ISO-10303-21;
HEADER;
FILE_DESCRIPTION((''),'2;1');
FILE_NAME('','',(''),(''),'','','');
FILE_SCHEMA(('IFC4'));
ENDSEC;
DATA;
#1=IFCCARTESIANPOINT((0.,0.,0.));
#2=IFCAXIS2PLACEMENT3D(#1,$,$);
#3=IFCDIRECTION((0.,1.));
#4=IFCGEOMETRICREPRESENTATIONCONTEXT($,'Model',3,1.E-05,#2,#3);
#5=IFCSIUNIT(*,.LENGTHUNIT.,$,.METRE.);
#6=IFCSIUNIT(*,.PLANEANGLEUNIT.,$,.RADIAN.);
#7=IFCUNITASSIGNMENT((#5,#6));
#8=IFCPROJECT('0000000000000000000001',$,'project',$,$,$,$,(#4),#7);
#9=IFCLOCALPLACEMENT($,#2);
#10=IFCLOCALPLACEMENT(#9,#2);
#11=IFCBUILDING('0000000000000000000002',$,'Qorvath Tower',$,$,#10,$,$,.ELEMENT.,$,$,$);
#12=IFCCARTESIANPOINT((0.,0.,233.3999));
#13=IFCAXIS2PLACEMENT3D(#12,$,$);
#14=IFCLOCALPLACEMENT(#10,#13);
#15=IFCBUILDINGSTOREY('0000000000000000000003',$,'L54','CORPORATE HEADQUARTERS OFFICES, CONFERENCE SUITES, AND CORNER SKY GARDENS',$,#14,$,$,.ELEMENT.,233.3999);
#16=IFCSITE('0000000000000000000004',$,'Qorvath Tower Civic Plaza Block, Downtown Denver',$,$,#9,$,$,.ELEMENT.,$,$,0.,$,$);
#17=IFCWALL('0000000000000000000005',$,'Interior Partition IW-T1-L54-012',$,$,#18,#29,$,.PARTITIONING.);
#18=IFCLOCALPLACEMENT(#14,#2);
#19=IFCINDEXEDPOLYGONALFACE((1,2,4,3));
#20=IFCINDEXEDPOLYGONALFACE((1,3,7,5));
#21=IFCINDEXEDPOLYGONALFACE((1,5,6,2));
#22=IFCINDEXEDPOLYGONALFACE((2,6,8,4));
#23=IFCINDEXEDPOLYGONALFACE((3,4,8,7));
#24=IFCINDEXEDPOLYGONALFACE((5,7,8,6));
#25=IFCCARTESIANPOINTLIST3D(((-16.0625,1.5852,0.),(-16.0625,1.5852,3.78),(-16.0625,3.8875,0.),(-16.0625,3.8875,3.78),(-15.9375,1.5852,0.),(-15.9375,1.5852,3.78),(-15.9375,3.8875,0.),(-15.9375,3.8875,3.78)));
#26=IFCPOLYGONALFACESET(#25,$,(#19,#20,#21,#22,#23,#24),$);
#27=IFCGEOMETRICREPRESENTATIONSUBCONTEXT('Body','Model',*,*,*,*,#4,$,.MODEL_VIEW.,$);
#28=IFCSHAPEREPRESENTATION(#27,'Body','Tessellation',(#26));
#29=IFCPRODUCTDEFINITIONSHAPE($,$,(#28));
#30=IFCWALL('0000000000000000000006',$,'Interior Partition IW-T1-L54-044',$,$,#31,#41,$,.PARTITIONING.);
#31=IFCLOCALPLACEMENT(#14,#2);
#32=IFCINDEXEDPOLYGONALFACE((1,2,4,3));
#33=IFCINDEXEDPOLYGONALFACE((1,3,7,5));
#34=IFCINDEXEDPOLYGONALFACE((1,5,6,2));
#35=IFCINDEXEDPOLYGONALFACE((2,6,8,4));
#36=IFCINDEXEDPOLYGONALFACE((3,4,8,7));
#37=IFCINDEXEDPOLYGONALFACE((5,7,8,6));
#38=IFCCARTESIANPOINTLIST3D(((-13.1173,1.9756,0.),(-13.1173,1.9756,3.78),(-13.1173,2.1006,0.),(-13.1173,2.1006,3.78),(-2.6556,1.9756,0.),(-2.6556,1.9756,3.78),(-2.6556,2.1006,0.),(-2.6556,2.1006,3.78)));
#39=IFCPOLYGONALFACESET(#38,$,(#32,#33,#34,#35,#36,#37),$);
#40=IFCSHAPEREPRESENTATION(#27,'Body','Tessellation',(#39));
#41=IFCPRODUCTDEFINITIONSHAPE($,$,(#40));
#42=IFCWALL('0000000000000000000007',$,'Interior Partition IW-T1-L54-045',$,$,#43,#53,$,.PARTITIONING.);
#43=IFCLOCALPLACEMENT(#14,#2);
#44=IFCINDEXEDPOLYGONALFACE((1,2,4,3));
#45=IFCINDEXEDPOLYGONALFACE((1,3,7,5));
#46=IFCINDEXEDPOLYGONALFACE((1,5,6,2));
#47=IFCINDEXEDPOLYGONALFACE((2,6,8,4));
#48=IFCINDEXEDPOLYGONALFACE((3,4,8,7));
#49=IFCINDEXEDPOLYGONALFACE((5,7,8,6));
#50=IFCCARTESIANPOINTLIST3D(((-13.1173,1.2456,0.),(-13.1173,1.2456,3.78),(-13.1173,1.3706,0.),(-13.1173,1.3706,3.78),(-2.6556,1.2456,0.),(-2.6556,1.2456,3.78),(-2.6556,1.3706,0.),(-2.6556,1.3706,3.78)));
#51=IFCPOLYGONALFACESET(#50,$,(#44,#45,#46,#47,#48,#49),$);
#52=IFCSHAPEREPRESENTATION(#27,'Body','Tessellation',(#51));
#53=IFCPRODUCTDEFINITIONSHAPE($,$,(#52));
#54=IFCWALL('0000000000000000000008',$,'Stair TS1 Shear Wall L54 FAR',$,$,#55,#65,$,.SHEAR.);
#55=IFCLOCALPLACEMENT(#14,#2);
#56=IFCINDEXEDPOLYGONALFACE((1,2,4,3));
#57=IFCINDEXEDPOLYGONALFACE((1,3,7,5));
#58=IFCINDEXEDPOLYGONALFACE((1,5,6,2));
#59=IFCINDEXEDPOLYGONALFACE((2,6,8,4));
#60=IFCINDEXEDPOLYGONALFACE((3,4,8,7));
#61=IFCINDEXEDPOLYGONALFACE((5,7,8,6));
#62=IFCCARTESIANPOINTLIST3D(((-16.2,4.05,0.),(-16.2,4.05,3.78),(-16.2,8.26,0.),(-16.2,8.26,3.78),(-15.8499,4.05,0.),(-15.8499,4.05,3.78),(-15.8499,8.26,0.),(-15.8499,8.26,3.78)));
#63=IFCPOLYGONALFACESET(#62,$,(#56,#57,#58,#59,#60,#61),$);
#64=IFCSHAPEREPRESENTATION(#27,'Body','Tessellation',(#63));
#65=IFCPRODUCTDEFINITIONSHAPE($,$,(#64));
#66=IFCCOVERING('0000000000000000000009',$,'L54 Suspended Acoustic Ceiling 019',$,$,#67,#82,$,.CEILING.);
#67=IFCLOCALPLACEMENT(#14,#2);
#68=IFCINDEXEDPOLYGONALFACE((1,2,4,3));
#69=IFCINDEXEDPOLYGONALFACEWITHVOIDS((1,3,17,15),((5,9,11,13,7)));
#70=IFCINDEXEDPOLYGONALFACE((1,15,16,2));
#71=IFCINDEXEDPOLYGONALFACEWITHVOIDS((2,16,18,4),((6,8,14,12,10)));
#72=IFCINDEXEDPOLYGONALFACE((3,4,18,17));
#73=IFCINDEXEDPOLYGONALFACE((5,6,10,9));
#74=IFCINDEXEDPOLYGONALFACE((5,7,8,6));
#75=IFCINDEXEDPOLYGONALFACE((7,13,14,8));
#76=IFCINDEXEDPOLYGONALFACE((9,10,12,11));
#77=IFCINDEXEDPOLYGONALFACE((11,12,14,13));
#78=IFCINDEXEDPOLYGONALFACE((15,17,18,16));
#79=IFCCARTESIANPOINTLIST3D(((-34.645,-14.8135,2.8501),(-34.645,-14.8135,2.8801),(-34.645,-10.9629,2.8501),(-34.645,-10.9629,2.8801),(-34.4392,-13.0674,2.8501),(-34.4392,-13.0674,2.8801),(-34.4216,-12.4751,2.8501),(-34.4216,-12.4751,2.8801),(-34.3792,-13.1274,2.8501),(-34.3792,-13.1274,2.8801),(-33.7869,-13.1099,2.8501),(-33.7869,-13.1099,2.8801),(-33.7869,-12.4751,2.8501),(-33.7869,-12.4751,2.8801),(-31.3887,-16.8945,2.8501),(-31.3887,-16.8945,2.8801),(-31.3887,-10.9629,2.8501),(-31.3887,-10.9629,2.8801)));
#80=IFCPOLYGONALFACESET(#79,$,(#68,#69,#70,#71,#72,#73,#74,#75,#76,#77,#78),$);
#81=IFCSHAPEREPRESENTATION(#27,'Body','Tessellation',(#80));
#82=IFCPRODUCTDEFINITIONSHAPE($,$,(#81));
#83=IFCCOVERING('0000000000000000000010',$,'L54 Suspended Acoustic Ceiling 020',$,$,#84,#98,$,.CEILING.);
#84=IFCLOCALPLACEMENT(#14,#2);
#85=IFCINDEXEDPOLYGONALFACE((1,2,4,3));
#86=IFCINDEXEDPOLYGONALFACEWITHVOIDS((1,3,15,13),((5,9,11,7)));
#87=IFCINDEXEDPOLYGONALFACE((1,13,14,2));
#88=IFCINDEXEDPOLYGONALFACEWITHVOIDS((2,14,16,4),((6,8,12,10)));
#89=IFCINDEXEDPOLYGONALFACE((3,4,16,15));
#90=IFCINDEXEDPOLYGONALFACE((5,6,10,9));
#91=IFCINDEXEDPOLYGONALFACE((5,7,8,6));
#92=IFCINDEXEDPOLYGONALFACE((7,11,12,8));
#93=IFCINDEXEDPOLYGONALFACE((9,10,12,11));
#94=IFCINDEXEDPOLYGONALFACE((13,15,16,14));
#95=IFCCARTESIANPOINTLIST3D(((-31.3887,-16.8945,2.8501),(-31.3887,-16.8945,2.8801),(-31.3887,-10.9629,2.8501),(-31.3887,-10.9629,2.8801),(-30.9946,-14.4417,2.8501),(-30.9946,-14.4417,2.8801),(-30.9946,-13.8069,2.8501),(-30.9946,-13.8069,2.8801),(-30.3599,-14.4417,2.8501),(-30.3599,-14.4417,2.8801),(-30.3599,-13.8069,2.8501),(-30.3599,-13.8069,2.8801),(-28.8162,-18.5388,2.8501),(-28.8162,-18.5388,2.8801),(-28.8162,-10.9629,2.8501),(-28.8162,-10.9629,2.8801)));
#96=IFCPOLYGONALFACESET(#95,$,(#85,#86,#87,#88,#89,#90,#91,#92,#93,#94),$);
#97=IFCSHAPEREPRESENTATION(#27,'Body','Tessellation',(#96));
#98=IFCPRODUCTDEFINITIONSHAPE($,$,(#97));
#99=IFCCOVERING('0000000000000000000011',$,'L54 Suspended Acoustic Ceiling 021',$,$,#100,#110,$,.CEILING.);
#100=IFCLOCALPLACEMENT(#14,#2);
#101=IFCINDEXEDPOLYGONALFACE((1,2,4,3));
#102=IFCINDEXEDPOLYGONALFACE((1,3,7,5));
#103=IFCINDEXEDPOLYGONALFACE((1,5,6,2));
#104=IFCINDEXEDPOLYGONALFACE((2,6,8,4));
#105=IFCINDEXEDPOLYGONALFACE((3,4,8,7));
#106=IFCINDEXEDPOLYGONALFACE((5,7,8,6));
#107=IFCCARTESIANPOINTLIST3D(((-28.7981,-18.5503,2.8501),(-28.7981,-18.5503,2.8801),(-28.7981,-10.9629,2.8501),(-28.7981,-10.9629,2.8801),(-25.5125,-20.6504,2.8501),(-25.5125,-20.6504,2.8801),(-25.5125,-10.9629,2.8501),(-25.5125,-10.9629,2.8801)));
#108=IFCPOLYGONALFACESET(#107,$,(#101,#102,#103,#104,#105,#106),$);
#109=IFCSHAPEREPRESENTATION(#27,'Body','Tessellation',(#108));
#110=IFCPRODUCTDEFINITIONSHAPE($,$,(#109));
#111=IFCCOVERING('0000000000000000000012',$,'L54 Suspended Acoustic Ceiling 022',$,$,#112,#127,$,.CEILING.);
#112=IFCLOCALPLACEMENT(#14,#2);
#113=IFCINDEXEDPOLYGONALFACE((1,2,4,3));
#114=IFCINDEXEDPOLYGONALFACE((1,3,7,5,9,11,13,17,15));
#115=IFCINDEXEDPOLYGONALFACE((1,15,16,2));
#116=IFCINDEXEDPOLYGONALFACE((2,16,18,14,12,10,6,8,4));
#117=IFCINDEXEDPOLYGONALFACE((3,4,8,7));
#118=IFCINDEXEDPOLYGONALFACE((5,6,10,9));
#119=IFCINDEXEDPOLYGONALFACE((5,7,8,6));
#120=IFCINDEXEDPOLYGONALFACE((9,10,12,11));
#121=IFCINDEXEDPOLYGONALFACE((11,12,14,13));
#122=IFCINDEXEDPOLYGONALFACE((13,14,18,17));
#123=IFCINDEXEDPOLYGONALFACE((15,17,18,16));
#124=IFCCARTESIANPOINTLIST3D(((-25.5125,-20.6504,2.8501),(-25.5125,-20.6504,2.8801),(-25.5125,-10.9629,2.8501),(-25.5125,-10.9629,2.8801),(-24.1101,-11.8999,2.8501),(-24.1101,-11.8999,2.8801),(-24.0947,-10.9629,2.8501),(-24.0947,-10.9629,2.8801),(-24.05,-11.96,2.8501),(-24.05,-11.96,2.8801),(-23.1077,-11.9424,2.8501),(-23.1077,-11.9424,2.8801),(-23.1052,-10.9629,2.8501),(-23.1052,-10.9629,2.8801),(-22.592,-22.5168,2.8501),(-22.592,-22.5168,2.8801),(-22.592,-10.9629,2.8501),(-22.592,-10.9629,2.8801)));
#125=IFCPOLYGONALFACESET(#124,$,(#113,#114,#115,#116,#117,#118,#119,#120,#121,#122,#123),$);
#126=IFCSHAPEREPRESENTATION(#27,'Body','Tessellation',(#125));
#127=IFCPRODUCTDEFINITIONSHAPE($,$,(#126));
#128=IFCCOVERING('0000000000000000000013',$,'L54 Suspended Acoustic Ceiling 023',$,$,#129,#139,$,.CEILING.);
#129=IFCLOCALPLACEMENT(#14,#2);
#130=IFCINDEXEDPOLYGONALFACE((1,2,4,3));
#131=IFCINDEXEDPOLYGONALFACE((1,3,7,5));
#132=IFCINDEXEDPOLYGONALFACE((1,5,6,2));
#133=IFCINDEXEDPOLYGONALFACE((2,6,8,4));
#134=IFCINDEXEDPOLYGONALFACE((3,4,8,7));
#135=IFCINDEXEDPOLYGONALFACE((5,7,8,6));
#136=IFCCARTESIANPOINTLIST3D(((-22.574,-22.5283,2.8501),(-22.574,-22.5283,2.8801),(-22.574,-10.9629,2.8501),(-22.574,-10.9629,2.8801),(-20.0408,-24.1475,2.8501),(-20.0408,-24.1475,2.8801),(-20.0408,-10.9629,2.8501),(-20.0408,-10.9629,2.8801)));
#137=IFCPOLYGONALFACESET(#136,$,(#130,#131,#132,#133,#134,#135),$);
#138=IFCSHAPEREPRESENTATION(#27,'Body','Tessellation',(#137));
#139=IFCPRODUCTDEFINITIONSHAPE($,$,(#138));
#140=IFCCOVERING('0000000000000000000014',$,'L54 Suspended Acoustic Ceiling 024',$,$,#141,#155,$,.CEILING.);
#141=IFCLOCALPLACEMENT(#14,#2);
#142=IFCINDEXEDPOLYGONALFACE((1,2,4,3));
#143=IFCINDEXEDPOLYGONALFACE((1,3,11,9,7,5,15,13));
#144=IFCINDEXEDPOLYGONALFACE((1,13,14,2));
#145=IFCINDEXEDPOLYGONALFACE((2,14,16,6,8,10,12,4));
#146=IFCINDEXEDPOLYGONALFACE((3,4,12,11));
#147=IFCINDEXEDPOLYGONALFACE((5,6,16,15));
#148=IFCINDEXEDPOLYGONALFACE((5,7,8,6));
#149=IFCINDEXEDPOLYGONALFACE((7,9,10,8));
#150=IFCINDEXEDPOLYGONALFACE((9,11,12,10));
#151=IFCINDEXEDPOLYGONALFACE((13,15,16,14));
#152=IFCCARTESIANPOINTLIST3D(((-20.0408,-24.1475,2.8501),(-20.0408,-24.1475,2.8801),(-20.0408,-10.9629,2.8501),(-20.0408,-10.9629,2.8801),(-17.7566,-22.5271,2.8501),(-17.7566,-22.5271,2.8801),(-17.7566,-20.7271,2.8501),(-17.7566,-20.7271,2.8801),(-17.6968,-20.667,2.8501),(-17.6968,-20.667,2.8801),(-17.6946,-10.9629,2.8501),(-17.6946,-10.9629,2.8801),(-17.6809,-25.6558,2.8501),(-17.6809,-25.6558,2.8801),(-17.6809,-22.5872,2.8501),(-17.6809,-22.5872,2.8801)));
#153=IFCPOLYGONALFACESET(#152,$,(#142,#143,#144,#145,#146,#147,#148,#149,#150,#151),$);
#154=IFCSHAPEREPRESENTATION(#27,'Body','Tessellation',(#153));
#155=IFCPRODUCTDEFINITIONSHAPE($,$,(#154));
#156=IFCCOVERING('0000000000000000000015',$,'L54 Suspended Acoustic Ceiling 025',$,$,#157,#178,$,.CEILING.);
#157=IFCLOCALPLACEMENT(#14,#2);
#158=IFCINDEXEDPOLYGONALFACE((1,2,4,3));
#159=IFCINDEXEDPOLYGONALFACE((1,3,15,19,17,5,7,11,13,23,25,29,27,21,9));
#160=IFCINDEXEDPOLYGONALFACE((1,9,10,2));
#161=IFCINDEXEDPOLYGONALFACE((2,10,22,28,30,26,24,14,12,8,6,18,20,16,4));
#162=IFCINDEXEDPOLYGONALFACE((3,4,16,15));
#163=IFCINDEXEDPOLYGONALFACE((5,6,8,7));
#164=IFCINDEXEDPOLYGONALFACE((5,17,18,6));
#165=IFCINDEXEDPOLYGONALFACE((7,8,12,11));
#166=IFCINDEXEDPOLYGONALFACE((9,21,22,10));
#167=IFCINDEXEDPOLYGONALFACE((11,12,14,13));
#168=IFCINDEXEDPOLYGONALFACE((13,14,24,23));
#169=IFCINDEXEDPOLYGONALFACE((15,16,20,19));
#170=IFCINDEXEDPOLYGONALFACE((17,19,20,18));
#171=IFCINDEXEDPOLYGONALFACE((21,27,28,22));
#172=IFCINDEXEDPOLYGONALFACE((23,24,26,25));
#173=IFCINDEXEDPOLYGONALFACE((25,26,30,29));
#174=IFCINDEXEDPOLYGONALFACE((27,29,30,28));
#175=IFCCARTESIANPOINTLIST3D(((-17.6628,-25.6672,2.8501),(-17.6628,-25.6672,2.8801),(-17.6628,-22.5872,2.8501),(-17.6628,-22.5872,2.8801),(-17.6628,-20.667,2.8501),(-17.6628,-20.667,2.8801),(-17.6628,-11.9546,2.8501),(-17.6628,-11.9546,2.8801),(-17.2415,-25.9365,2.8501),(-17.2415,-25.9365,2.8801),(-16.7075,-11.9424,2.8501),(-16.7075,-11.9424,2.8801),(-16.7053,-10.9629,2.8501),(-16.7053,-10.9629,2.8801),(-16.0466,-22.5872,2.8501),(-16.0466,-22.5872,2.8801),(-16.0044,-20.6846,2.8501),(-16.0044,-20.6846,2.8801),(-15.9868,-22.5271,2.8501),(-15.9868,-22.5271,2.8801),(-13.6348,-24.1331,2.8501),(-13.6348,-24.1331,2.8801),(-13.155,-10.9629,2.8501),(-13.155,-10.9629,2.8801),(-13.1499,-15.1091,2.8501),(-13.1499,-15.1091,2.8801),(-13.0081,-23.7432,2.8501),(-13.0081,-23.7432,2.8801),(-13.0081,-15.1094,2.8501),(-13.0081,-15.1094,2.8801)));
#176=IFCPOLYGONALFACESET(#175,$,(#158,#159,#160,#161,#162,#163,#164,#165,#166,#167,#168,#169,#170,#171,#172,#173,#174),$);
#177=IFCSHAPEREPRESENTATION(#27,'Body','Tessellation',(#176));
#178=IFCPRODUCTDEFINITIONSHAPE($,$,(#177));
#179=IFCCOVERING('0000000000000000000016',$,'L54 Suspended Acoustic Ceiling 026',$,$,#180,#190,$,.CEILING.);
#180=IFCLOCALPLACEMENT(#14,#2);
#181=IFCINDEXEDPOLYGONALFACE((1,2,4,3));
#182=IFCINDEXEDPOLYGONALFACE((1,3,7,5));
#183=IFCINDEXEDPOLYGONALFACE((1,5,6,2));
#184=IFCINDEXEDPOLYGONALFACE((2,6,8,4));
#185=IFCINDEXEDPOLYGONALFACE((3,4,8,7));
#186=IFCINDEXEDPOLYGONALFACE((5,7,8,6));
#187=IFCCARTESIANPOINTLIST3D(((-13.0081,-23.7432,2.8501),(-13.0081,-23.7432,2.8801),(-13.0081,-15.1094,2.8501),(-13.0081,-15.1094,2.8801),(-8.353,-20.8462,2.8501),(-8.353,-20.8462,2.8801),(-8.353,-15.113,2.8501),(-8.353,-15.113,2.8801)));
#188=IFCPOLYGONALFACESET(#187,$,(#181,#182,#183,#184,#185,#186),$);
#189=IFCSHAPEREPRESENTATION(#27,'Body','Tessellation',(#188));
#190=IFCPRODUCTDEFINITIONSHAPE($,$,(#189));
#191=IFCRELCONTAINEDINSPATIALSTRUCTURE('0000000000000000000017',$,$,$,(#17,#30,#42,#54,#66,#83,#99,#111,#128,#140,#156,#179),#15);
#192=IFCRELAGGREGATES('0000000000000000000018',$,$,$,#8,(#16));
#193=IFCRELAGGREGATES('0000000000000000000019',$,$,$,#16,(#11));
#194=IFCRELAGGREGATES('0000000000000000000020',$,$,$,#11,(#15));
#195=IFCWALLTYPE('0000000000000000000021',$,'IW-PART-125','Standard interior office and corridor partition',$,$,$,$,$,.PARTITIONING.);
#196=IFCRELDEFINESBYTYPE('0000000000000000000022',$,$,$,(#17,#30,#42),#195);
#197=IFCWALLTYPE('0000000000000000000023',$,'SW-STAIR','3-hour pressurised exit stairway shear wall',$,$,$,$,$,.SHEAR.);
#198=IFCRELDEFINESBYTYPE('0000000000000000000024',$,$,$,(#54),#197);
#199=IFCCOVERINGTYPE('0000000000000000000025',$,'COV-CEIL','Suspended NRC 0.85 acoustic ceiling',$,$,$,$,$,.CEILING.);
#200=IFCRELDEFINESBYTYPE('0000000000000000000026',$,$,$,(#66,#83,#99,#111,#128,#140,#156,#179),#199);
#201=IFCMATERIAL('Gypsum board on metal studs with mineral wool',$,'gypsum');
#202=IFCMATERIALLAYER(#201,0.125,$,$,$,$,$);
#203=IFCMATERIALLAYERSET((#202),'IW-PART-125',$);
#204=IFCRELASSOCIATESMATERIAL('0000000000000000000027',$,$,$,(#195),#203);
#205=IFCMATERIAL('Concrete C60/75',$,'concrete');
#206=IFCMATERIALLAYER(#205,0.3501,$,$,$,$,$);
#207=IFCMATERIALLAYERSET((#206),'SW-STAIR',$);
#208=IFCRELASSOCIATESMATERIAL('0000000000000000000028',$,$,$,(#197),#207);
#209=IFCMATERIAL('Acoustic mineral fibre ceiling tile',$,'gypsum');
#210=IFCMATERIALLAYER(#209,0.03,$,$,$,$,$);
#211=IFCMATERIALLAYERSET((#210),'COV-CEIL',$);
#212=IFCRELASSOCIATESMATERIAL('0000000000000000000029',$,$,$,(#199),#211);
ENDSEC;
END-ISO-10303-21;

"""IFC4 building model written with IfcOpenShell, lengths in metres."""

from ifc_helpers import new_model, si_unit, direction, frame, frame_2d, origin, place, context, subcontext, project, spatial, polyline, rectangle, outline, extrude, material, layer, layer_set, type_object, element, save


model = new_model("IFC4")

# Units and contexts
model_context = context("Model", 3, precision=1e-05, world=origin(), true_north=direction((0.0, 1.0)))
body_context = subcontext(model_context, "Body", "Model", "MODEL_VIEW")
ifc_project = project(units=[si_unit("LENGTHUNIT", "METRE"), si_unit("PLANEANGLEUNIT", "RADIAN")], contexts=[model_context])

# Site, building, storey
site_placement = place(None, origin())
site = spatial("IfcSite", under=ifc_project, at=site_placement, Name="Qorvath Tower Civic Plaza Block, Downtown Denver", CompositionType="ELEMENT", RefElevation=0.0)
building_placement = place(site_placement, origin())
building = spatial("IfcBuilding", under=site, at=building_placement, Name="Qorvath Tower", CompositionType="ELEMENT")
storey_placement = place(building_placement, frame((0.0, 0.0, 233.3999)))
storey = spatial("IfcBuildingStorey", under=building, at=storey_placement, Name="L54", Description="CORPORATE HEADQUARTERS OFFICES, CONFERENCE SUITES, AND CORNER SKY GARDENS", CompositionType="ELEMENT", Elevation=233.3999)

# Shared definitions
ifc_material_1 = material(Name="Gypsum board on metal studs with mineral wool", Category="gypsum")
ifc_layer_1 = layer(ifc_material_1, 0.125)
ifc_layer_set_1 = layer_set([ifc_layer_1], Name="IW-PART-125")
wall_type_1 = type_object("IfcWallType", Name="IW-PART-125", Description="Standard interior office and corridor partition", PredefinedType="PARTITIONING", material=ifc_layer_set_1)

# Walls
wall_1_placement = place(storey_placement, frame((-16.0, 1.5852, 0.0), z_axis=(0.0, 0.0, 1.0), x_axis=(0.0, 1.0, 0.0)))
element("IfcWall", 1, at=wall_1_placement, inside=storey, type_object=wall_type_1, Name="Interior Partition IW-T1-L54-012", PredefinedType="PARTITIONING", context=body_context, shape_type="SweptSolid", body=[
    extrude(rectangle(XDim=2.3022, YDim=0.125, at=frame_2d((1.1511, 0.0))), origin(), (0.0, 0.0, 1.0), 3.78),
])
for number, where, z_axis, x_axis, name in (
    (2, (-2.6555, 2.0381, 0.0), (0.0, 0.0, 1.0), (-1.0, 0.0, 0.0), "Interior Partition IW-T1-L54-044"),
    (3, (-2.6555, 1.3081, 0.0), (0.0, 0.0, 1.0), (-1.0, 0.0, 0.0), "Interior Partition IW-T1-L54-045"),
):
    element("IfcWall", number, at=place(storey_placement, frame(where, z_axis=z_axis, x_axis=x_axis)), inside=storey, type_object=wall_type_1, Name=name, PredefinedType="PARTITIONING", context=body_context, shape_type="SweptSolid", body=[
        extrude(rectangle(XDim=10.4617, YDim=0.125, at=frame_2d((5.231, 0.0))), origin(), (0.0, 0.0, 1.0), 3.78),
    ])
ifc_material_2 = material(Name="Concrete C60/75", Category="concrete")
ifc_layer_2 = layer(ifc_material_2, 0.3501)
ifc_layer_set_2 = layer_set([ifc_layer_2], Name="SW-STAIR")
wall_type_2 = type_object("IfcWallType", Name="SW-STAIR", Description="3-hour pressurised exit stairway shear wall", PredefinedType="SHEAR", material=ifc_layer_set_2)
wall_2_placement = place(storey_placement, frame((-16.0249, 4.05, 0.0), z_axis=(0.0, 0.0, 1.0), x_axis=(0.0, 1.0, 0.0)))
element("IfcWall", 4, at=wall_2_placement, inside=storey, type_object=wall_type_2, Name="Stair TS1 Shear Wall L54 FAR", PredefinedType="SHEAR", context=body_context, shape_type="SweptSolid", body=[
    extrude(rectangle(XDim=4.21, YDim=0.3501, at=frame_2d((2.105, 0.0))), origin(), (0.0, 0.0, 1.0), 3.78),
])

# Coverings
ifc_material_3 = material(Name="Acoustic mineral fibre ceiling tile", Category="gypsum")
ifc_layer_3 = layer(ifc_material_3, 0.03)
ifc_layer_set_3 = layer_set([ifc_layer_3], Name="COV-CEIL")
covering_type_1 = type_object("IfcCoveringType", Name="COV-CEIL", Description="Suspended NRC 0.85 acoustic ceiling", PredefinedType="CEILING", material=ifc_layer_set_3)
covering_1_placement = place(storey_placement, frame((0.0, 0.0, 2.8501)))
element("IfcCovering", 5, at=covering_1_placement, inside=storey, type_object=covering_type_1, Name="L54 Suspended Acoustic Ceiling 019", PredefinedType="CEILING", context=body_context, shape_type="SweptSolid", body=[
    extrude(outline(polyline([(-34.645, -10.9629), (-34.645, -14.8135), (-31.3887, -16.8945), (-31.3887, -10.9629), (-34.645, -10.9629)]), holes=[polyline([(-34.4392, -13.0674), (-34.4216, -12.4751), (-33.7869, -12.4751), (-33.7869, -13.1099), (-34.3792, -13.1274), (-34.4392, -13.0674)])]), origin(), (0.0, 0.0, 1.0), 0.03),
])
covering_2_placement = place(storey_placement, frame((0.0, 0.0, 2.8501)))
element("IfcCovering", 6, at=covering_2_placement, inside=storey, type_object=covering_type_1, Name="L54 Suspended Acoustic Ceiling 020", PredefinedType="CEILING", context=body_context, shape_type="SweptSolid", body=[
    extrude(outline(polyline([(-31.3887, -10.9629), (-31.3887, -16.8945), (-28.8162, -18.5388), (-28.8162, -10.9629), (-31.3887, -10.9629)]), holes=[polyline([(-30.9946, -14.4417), (-30.9946, -13.8069), (-30.3599, -13.8069), (-30.3599, -14.4417), (-30.9946, -14.4417)])]), origin(), (0.0, 0.0, 1.0), 0.03),
])
covering_3_placement = place(storey_placement, frame((0.0, 0.0, 2.8501)))
element("IfcCovering", 7, at=covering_3_placement, inside=storey, type_object=covering_type_1, Name="L54 Suspended Acoustic Ceiling 021", PredefinedType="CEILING", context=body_context, shape_type="SweptSolid", body=[
    extrude(outline(polyline([(-28.7981, -10.9629), (-28.7981, -18.5503), (-25.5125, -20.6504), (-25.5125, -10.9629), (-28.7981, -10.9629)])), origin(), (0.0, 0.0, 1.0), 0.03),
])
covering_4_placement = place(storey_placement, frame((0.0, 0.0, 2.8501)))
element("IfcCovering", 8, at=covering_4_placement, inside=storey, type_object=covering_type_1, Name="L54 Suspended Acoustic Ceiling 022", PredefinedType="CEILING", context=body_context, shape_type="SweptSolid", body=[
    extrude(outline(polyline([(-25.5125, -10.9629), (-25.5125, -20.6504), (-22.592, -22.5168), (-22.592, -10.9629), (-23.1052, -10.9629), (-23.1077, -11.9424), (-24.05, -11.96), (-24.1101, -11.8999), (-24.0947, -10.9629), (-25.5125, -10.9629)])), origin(), (0.0, 0.0, 1.0), 0.03),
])
covering_5_placement = place(storey_placement, frame((0.0, 0.0, 2.8501)))
element("IfcCovering", 9, at=covering_5_placement, inside=storey, type_object=covering_type_1, Name="L54 Suspended Acoustic Ceiling 023", PredefinedType="CEILING", context=body_context, shape_type="SweptSolid", body=[
    extrude(outline(polyline([(-20.0408, -24.1475), (-20.0408, -10.9629), (-22.574, -10.9629), (-22.574, -22.5283), (-20.0408, -24.1475)])), origin(), (0.0, 0.0, 1.0), 0.03),
])
covering_6_placement = place(storey_placement, frame((0.0, 0.0, 2.8501)))
element("IfcCovering", 10, at=covering_6_placement, inside=storey, type_object=covering_type_1, Name="L54 Suspended Acoustic Ceiling 024", PredefinedType="CEILING", context=body_context, shape_type="SweptSolid", body=[
    extrude(outline(polyline([(-17.6968, -20.667), (-17.6946, -10.9629), (-20.0408, -10.9629), (-20.0408, -24.1475), (-17.6809, -25.6558), (-17.6809, -22.5872), (-17.7566, -22.5271), (-17.7566, -20.7271), (-17.6968, -20.667)])), origin(), (0.0, 0.0, 1.0), 0.03),
])
covering_7_placement = place(storey_placement, frame((0.0, 0.0, 2.8501)))
element("IfcCovering", 11, at=covering_7_placement, inside=storey, type_object=covering_type_1, Name="L54 Suspended Acoustic Ceiling 025", PredefinedType="CEILING", context=body_context, shape_type="SweptSolid", body=[
    extrude(outline(polyline([(-17.2415, -25.9365), (-13.6348, -24.1331), (-13.0081, -23.7432), (-13.0081, -15.1094), (-13.1499, -15.1091), (-13.155, -10.9629), (-16.7053, -10.9629), (-16.7075, -11.9424), (-17.6628, -11.9546), (-17.6628, -20.667), (-16.0044, -20.6846), (-15.9868, -22.5271), (-16.0466, -22.5872), (-17.6628, -22.5872), (-17.6628, -25.6672), (-17.2415, -25.9365)])), origin(), (0.0, 0.0, 1.0), 0.03),
])
covering_8_placement = place(storey_placement, frame((0.0, 0.0, 2.8501)))
element("IfcCovering", 12, at=covering_8_placement, inside=storey, type_object=covering_type_1, Name="L54 Suspended Acoustic Ceiling 026", PredefinedType="CEILING", context=body_context, shape_type="SweptSolid", body=[
    extrude(outline(polyline([(-13.0081, -15.1094), (-13.0081, -23.7432), (-8.353, -20.8462), (-8.353, -15.113), (-13.0081, -15.1094)])), origin(), (0.0, 0.0, 1.0), 0.03),
])

save(model, "model.ifc")
